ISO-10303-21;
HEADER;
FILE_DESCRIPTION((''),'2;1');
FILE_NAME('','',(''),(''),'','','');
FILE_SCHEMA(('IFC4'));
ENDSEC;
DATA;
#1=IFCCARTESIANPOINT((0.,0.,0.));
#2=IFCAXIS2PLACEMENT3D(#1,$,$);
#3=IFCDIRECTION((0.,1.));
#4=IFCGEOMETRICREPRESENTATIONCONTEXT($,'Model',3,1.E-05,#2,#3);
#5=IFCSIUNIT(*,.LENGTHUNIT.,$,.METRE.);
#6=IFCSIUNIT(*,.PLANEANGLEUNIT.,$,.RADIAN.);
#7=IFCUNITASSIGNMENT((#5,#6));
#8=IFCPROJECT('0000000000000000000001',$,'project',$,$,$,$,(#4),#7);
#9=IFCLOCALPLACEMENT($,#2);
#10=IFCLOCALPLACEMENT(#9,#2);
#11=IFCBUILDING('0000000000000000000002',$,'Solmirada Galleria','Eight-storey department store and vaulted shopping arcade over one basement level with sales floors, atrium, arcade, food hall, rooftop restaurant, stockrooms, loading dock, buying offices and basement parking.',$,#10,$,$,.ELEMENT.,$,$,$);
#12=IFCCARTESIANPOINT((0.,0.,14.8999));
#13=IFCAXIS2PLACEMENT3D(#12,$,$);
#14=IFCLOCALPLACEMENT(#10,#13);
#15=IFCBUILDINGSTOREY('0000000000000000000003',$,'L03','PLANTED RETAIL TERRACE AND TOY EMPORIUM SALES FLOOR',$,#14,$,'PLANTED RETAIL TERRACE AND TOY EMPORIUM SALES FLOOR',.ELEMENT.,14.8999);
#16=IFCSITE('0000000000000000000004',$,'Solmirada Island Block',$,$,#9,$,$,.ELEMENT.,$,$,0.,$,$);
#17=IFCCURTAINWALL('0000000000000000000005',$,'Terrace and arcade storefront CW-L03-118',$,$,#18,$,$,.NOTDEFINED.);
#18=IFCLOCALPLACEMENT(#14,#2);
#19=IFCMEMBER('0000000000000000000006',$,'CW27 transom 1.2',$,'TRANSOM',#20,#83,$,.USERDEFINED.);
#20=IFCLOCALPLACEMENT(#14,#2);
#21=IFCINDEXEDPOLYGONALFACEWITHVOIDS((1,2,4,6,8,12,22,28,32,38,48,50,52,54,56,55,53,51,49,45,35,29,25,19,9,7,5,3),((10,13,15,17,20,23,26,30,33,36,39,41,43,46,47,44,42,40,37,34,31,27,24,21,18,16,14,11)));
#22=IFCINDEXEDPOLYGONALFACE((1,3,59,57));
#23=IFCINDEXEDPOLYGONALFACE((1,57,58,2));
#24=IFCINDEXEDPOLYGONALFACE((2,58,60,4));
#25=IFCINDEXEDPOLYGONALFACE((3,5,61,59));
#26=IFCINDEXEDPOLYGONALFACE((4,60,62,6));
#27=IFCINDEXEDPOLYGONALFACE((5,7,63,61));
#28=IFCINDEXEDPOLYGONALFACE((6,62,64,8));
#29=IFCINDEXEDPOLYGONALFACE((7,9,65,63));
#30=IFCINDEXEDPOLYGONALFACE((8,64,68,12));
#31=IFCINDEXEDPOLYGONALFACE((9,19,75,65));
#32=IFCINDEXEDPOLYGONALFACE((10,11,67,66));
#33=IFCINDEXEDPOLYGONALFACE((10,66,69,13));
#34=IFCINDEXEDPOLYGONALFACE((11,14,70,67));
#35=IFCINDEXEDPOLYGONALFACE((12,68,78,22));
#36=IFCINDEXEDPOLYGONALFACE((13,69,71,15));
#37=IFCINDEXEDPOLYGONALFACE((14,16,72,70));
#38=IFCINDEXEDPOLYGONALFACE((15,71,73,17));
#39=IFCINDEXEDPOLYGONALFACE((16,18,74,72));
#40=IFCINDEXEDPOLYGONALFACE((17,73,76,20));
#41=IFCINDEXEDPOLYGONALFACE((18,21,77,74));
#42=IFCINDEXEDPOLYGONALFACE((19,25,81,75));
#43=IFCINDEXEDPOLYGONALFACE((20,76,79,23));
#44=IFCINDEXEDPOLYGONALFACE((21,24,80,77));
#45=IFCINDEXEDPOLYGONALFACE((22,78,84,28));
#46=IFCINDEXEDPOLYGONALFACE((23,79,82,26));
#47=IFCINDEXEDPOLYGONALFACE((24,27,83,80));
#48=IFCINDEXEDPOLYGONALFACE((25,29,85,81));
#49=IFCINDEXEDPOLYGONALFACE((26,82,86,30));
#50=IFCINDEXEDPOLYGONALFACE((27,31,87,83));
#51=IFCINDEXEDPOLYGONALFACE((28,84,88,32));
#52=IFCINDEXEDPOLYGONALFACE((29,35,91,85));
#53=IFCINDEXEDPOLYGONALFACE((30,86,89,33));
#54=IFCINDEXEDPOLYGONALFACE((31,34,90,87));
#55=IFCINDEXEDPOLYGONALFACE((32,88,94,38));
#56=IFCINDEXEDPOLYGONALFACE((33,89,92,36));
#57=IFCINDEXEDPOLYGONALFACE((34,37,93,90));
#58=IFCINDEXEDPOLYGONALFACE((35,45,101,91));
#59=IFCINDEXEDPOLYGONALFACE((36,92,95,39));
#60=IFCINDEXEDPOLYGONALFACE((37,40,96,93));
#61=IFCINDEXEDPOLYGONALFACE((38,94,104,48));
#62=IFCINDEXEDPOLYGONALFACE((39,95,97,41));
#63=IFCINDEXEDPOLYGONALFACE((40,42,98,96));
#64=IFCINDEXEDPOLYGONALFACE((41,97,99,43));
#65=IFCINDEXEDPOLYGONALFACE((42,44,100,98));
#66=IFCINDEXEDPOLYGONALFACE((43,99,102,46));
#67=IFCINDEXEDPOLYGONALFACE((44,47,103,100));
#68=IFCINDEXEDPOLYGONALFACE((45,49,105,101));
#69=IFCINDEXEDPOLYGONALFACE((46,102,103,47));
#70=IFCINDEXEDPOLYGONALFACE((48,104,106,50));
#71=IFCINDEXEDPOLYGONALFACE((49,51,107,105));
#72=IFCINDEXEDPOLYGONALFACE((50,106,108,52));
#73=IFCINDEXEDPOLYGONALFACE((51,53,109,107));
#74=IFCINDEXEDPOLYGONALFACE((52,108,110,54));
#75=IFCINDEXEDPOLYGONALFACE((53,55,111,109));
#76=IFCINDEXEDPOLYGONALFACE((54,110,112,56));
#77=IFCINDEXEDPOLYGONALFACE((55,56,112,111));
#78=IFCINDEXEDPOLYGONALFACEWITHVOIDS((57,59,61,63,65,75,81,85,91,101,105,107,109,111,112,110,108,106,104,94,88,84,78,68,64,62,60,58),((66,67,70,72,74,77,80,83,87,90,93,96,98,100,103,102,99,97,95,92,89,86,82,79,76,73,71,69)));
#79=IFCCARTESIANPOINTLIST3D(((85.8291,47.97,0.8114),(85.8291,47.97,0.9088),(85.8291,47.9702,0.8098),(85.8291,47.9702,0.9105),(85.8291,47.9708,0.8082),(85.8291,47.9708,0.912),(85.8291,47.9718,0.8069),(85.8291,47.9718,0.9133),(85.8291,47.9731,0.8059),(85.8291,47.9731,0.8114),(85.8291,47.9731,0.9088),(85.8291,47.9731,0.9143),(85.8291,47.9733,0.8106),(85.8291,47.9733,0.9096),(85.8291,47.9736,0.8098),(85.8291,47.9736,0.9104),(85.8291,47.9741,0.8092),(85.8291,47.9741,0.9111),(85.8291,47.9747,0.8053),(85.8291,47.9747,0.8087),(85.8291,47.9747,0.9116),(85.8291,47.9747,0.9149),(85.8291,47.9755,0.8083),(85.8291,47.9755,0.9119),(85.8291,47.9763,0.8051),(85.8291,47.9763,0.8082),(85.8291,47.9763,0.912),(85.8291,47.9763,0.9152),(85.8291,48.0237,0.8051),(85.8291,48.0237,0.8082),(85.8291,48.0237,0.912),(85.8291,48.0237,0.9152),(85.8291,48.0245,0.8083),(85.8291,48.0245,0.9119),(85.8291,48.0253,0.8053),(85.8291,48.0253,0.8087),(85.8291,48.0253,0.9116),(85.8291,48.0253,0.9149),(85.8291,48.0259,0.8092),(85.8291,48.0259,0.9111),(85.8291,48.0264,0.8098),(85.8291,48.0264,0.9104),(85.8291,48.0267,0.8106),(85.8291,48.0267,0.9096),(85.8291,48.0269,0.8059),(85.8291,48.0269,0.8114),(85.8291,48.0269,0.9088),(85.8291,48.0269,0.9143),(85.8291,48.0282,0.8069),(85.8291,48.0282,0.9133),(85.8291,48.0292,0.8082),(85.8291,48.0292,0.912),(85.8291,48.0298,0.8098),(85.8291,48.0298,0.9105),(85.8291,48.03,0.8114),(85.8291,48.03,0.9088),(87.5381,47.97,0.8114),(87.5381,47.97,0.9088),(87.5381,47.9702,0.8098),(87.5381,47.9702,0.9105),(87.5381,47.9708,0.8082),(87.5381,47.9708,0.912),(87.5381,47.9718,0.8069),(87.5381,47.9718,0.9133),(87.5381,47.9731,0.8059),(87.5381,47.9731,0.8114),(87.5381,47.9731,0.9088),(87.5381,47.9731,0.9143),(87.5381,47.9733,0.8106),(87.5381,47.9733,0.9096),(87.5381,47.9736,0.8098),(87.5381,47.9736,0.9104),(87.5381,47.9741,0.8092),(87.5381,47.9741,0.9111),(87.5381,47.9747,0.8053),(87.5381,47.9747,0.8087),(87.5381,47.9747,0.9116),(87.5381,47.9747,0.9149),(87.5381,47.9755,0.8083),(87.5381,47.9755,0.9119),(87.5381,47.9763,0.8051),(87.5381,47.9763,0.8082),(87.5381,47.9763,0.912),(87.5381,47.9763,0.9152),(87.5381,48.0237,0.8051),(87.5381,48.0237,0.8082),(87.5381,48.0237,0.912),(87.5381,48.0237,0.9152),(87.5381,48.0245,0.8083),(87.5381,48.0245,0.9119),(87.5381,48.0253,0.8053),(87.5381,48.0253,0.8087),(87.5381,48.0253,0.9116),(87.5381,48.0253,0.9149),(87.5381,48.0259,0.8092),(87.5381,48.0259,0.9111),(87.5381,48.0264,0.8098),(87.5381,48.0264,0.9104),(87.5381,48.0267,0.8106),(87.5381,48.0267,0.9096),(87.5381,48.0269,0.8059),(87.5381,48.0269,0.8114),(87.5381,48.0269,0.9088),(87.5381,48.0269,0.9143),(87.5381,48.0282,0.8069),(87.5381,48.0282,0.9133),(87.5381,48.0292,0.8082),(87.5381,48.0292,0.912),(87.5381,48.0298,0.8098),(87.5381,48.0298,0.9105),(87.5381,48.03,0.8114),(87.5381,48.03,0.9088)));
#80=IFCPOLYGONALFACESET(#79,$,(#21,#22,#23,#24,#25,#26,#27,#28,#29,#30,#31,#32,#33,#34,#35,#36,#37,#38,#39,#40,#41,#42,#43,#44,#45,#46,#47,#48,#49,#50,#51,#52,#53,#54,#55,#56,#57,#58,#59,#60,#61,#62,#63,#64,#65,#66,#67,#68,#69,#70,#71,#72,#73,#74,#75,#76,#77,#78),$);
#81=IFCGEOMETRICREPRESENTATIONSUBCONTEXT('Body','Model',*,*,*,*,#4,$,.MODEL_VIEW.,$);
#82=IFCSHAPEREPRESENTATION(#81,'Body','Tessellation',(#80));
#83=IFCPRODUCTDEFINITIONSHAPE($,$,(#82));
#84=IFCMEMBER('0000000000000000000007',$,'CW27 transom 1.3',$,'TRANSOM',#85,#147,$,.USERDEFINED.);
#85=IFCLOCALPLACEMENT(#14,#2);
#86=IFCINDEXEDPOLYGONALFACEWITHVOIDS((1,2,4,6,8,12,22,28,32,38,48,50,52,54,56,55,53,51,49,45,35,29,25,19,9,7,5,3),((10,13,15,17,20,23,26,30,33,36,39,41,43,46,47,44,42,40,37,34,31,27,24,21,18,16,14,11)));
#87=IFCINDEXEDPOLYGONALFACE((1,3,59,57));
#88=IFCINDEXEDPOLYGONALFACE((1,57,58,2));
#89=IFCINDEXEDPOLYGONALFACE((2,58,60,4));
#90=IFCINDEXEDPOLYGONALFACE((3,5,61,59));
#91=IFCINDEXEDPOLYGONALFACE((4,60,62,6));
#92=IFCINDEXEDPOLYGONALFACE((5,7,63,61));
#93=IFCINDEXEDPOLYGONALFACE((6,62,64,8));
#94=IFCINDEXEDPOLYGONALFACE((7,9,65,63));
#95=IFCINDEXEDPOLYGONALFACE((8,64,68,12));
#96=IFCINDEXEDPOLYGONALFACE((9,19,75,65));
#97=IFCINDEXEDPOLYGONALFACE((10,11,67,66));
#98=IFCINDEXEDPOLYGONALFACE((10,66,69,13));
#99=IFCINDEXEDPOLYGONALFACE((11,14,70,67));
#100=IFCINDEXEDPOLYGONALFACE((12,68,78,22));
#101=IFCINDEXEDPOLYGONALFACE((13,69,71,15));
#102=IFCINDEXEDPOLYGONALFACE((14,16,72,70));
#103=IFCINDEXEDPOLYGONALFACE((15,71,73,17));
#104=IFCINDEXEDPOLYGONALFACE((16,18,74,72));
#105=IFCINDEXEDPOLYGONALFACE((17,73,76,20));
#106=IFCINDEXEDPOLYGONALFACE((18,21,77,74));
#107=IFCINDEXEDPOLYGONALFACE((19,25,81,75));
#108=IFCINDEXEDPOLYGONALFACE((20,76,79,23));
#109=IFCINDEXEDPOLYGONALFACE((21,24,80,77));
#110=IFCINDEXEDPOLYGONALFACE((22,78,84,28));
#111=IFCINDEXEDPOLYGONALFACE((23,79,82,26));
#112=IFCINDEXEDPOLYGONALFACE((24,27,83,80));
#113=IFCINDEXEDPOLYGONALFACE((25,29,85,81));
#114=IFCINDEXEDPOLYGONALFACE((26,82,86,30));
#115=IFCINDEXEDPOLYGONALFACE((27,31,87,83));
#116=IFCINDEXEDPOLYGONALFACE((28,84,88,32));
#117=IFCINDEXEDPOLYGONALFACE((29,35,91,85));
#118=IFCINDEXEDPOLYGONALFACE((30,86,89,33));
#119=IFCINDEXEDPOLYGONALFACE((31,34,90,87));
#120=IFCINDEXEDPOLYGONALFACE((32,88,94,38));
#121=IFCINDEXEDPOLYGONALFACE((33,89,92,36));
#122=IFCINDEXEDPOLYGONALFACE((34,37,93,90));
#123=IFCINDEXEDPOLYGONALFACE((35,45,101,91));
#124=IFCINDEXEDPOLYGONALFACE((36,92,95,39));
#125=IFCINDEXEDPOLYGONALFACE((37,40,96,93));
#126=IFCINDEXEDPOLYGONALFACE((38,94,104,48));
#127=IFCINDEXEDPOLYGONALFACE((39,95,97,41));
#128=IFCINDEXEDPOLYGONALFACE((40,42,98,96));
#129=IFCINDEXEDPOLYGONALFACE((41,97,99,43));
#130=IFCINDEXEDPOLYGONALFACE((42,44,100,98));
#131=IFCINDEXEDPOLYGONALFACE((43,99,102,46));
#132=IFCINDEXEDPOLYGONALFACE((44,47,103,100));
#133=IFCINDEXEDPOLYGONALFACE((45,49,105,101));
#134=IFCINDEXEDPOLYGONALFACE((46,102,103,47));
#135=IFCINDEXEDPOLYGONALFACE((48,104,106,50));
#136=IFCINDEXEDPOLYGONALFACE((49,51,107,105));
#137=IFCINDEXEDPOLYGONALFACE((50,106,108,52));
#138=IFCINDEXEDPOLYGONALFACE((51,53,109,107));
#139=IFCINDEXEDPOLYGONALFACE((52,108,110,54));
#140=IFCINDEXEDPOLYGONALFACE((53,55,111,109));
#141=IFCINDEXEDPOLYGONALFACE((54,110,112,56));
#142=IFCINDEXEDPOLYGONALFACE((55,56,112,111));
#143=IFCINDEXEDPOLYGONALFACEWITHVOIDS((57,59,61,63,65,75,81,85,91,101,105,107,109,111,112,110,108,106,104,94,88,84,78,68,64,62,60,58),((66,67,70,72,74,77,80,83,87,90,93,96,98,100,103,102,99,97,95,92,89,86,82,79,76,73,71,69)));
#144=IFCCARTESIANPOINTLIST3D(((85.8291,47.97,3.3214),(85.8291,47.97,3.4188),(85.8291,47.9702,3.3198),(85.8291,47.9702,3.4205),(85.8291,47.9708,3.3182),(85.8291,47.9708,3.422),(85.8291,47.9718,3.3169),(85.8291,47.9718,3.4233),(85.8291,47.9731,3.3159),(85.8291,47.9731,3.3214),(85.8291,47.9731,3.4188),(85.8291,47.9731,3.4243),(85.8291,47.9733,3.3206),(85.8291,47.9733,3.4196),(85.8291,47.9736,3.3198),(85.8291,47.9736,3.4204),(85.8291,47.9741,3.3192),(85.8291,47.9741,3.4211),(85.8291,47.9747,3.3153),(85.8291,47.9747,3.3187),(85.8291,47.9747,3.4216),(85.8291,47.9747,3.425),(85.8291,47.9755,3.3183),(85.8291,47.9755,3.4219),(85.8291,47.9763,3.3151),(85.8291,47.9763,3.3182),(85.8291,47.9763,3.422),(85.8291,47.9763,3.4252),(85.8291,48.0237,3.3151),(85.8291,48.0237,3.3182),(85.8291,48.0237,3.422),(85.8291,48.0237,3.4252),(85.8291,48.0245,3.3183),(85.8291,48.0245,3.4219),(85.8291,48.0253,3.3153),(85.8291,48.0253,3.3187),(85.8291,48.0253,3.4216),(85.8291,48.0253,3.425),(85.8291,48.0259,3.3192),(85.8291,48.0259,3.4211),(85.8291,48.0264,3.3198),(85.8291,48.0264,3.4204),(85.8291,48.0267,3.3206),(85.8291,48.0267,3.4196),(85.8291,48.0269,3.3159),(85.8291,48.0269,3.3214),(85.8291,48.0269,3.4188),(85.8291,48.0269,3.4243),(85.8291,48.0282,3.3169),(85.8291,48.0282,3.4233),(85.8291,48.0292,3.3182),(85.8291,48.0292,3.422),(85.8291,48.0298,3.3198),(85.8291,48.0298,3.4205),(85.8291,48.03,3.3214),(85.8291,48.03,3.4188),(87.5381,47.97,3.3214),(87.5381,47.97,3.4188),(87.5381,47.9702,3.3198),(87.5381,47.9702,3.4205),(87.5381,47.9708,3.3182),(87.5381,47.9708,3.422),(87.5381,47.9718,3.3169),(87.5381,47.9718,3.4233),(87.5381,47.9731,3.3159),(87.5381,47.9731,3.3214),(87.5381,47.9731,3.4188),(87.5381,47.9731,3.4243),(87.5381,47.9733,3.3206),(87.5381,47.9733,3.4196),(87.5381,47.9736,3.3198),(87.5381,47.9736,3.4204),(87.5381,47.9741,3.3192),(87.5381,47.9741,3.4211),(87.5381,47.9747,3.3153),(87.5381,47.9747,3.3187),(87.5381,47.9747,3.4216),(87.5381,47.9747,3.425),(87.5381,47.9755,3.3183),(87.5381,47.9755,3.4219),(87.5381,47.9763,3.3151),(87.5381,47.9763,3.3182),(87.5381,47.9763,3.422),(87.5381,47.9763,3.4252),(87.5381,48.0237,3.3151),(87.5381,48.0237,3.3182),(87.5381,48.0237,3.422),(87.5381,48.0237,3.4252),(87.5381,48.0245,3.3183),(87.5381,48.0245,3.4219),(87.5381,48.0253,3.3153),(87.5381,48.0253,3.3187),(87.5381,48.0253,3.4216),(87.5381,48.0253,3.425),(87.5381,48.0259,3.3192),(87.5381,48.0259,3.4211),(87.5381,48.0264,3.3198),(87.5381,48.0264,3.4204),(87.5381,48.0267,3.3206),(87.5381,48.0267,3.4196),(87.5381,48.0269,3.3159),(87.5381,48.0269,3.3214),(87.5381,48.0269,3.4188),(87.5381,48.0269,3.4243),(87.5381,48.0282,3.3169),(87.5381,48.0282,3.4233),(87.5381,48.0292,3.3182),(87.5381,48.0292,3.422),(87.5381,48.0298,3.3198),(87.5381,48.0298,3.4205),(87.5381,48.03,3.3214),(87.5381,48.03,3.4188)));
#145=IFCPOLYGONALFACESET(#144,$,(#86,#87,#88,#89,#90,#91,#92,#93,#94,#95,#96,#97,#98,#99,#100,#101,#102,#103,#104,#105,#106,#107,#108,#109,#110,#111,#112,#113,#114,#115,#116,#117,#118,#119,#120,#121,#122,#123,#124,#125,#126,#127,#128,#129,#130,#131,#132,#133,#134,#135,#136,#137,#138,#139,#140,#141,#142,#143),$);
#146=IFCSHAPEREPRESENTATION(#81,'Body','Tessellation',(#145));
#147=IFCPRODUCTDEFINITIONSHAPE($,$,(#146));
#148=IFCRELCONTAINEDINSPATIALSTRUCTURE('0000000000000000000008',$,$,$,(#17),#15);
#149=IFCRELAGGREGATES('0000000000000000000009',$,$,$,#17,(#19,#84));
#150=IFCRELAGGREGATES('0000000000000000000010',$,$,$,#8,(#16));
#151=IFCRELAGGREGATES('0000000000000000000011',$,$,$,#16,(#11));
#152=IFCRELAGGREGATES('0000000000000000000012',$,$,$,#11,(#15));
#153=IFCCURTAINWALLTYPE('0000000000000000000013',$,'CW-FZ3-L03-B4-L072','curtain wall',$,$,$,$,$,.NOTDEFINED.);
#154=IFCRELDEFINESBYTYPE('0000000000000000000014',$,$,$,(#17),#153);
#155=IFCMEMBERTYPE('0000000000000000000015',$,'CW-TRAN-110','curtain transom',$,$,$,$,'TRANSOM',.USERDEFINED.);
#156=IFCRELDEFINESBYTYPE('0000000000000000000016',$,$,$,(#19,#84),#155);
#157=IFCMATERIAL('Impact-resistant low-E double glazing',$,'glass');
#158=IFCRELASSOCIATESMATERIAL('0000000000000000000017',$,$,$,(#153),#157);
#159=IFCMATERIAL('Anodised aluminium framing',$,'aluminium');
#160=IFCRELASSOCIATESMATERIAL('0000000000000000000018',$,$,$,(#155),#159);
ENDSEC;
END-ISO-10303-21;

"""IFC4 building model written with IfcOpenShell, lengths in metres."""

from ifc_helpers import new_model, si_unit, direction, frame, origin, origin_2d, place, context, subcontext, project, spatial, hollow_rectangle, extrude, material, material_profile, profile_set, type_object, element, aggregate, save


model = new_model("IFC4")

# Units and contexts
model_context = context("Model", 3, precision=1e-05, world=origin(), true_north=direction((0.0, 1.0)))
body_context = subcontext(model_context, "Body", "Model", "MODEL_VIEW")
ifc_project = project(units=[si_unit("LENGTHUNIT", "METRE"), si_unit("PLANEANGLEUNIT", "RADIAN")], contexts=[model_context])

# Site, building, storey
site_placement = place(None, origin())
site = spatial("IfcSite", under=ifc_project, at=site_placement, Name="Solmirada Island Block", CompositionType="ELEMENT", RefElevation=0.0)
building_placement = place(site_placement, origin())
building = spatial("IfcBuilding", under=site, at=building_placement, Name="Solmirada Galleria", Description="Eight-storey department store and vaulted shopping arcade over one basement level with sales floors, atrium, arcade, food hall, rooftop restaurant, stockrooms, loading dock, buying offices and basement parking.", CompositionType="ELEMENT")
storey_placement = place(building_placement, frame((0.0, 0.0, 14.8999)))
storey = spatial("IfcBuildingStorey", under=building, at=storey_placement, Name="L03", Description="PLANTED RETAIL TERRACE AND TOY EMPORIUM SALES FLOOR", LongName="PLANTED RETAIL TERRACE AND TOY EMPORIUM SALES FLOOR", CompositionType="ELEMENT", Elevation=14.8999)

# Curtain wall
ifc_material_1 = material(Name="Impact-resistant low-E double glazing", Category="glass")
curtain_wall_type = type_object("IfcCurtainWallType", Name="CW-FZ3-L03-B4-L072", Description="curtain wall", PredefinedType="NOTDEFINED", material=ifc_material_1)
curtain_wall_1_placement = place(storey_placement, origin())
curtain_wall_1 = element("IfcCurtainWall", 1, at=curtain_wall_1_placement, inside=storey, type_object=curtain_wall_type, Name="Terrace and arcade storefront CW-L03-118", PredefinedType="NOTDEFINED")
ifc_material_2 = material(Name="Anodised aluminium framing", Category="aluminium")

# Members
ifc_material_profile_1 = material_profile(ifc_material_2, hollow_rectangle(XDim=0.0601, YDim=0.1101, WallThickness=0.0032, InnerFilletRadius=0.0032, OuterFilletRadius=0.0063, at=origin_2d()), Name="ALU-TRAN-110X60")
ifc_profile_set_1 = profile_set([ifc_material_profile_1], Name="Anodised aluminium framing")
member_type_1 = type_object("IfcMemberType", Name="CW-TRAN-110", Description="curtain transom", ElementType="TRANSOM", PredefinedType="USERDEFINED", material=ifc_profile_set_1)
member_1_placement = place(storey_placement, frame((87.5381, 48.0, 0.8601), z_axis=(-1.0, 0.0, 0.0), x_axis=(0.0, -1.0, 0.0)))
member_1 = element("IfcMember", 2, at=member_1_placement, type_object=member_type_1, Name="CW27 transom 1.2", ObjectType="TRANSOM", PredefinedType="USERDEFINED", context=body_context, shape_type="SweptSolid", body=[
    extrude(hollow_rectangle(XDim=0.0601, YDim=0.1101, WallThickness=0.0032, InnerFilletRadius=0.0032, OuterFilletRadius=0.0063, at=origin_2d()), origin(), (0.0, 0.0, 1.0), 1.709),
])
member_2_placement = place(storey_placement, frame((87.5381, 48.0, 3.3701), z_axis=(-1.0, 0.0, 0.0), x_axis=(0.0, -1.0, 0.0)))
member_2 = element("IfcMember", 3, at=member_2_placement, type_object=member_type_1, Name="CW27 transom 1.3", ObjectType="TRANSOM", PredefinedType="USERDEFINED", context=body_context, shape_type="SweptSolid", body=[
    extrude(hollow_rectangle(XDim=0.0601, YDim=0.1101, WallThickness=0.0032, InnerFilletRadius=0.0032, OuterFilletRadius=0.0063, at=origin_2d()), origin(), (0.0, 0.0, 1.0), 1.709),
])

aggregate(curtain_wall_1, [member_1, member_2])

save(model, "model.ifc")
